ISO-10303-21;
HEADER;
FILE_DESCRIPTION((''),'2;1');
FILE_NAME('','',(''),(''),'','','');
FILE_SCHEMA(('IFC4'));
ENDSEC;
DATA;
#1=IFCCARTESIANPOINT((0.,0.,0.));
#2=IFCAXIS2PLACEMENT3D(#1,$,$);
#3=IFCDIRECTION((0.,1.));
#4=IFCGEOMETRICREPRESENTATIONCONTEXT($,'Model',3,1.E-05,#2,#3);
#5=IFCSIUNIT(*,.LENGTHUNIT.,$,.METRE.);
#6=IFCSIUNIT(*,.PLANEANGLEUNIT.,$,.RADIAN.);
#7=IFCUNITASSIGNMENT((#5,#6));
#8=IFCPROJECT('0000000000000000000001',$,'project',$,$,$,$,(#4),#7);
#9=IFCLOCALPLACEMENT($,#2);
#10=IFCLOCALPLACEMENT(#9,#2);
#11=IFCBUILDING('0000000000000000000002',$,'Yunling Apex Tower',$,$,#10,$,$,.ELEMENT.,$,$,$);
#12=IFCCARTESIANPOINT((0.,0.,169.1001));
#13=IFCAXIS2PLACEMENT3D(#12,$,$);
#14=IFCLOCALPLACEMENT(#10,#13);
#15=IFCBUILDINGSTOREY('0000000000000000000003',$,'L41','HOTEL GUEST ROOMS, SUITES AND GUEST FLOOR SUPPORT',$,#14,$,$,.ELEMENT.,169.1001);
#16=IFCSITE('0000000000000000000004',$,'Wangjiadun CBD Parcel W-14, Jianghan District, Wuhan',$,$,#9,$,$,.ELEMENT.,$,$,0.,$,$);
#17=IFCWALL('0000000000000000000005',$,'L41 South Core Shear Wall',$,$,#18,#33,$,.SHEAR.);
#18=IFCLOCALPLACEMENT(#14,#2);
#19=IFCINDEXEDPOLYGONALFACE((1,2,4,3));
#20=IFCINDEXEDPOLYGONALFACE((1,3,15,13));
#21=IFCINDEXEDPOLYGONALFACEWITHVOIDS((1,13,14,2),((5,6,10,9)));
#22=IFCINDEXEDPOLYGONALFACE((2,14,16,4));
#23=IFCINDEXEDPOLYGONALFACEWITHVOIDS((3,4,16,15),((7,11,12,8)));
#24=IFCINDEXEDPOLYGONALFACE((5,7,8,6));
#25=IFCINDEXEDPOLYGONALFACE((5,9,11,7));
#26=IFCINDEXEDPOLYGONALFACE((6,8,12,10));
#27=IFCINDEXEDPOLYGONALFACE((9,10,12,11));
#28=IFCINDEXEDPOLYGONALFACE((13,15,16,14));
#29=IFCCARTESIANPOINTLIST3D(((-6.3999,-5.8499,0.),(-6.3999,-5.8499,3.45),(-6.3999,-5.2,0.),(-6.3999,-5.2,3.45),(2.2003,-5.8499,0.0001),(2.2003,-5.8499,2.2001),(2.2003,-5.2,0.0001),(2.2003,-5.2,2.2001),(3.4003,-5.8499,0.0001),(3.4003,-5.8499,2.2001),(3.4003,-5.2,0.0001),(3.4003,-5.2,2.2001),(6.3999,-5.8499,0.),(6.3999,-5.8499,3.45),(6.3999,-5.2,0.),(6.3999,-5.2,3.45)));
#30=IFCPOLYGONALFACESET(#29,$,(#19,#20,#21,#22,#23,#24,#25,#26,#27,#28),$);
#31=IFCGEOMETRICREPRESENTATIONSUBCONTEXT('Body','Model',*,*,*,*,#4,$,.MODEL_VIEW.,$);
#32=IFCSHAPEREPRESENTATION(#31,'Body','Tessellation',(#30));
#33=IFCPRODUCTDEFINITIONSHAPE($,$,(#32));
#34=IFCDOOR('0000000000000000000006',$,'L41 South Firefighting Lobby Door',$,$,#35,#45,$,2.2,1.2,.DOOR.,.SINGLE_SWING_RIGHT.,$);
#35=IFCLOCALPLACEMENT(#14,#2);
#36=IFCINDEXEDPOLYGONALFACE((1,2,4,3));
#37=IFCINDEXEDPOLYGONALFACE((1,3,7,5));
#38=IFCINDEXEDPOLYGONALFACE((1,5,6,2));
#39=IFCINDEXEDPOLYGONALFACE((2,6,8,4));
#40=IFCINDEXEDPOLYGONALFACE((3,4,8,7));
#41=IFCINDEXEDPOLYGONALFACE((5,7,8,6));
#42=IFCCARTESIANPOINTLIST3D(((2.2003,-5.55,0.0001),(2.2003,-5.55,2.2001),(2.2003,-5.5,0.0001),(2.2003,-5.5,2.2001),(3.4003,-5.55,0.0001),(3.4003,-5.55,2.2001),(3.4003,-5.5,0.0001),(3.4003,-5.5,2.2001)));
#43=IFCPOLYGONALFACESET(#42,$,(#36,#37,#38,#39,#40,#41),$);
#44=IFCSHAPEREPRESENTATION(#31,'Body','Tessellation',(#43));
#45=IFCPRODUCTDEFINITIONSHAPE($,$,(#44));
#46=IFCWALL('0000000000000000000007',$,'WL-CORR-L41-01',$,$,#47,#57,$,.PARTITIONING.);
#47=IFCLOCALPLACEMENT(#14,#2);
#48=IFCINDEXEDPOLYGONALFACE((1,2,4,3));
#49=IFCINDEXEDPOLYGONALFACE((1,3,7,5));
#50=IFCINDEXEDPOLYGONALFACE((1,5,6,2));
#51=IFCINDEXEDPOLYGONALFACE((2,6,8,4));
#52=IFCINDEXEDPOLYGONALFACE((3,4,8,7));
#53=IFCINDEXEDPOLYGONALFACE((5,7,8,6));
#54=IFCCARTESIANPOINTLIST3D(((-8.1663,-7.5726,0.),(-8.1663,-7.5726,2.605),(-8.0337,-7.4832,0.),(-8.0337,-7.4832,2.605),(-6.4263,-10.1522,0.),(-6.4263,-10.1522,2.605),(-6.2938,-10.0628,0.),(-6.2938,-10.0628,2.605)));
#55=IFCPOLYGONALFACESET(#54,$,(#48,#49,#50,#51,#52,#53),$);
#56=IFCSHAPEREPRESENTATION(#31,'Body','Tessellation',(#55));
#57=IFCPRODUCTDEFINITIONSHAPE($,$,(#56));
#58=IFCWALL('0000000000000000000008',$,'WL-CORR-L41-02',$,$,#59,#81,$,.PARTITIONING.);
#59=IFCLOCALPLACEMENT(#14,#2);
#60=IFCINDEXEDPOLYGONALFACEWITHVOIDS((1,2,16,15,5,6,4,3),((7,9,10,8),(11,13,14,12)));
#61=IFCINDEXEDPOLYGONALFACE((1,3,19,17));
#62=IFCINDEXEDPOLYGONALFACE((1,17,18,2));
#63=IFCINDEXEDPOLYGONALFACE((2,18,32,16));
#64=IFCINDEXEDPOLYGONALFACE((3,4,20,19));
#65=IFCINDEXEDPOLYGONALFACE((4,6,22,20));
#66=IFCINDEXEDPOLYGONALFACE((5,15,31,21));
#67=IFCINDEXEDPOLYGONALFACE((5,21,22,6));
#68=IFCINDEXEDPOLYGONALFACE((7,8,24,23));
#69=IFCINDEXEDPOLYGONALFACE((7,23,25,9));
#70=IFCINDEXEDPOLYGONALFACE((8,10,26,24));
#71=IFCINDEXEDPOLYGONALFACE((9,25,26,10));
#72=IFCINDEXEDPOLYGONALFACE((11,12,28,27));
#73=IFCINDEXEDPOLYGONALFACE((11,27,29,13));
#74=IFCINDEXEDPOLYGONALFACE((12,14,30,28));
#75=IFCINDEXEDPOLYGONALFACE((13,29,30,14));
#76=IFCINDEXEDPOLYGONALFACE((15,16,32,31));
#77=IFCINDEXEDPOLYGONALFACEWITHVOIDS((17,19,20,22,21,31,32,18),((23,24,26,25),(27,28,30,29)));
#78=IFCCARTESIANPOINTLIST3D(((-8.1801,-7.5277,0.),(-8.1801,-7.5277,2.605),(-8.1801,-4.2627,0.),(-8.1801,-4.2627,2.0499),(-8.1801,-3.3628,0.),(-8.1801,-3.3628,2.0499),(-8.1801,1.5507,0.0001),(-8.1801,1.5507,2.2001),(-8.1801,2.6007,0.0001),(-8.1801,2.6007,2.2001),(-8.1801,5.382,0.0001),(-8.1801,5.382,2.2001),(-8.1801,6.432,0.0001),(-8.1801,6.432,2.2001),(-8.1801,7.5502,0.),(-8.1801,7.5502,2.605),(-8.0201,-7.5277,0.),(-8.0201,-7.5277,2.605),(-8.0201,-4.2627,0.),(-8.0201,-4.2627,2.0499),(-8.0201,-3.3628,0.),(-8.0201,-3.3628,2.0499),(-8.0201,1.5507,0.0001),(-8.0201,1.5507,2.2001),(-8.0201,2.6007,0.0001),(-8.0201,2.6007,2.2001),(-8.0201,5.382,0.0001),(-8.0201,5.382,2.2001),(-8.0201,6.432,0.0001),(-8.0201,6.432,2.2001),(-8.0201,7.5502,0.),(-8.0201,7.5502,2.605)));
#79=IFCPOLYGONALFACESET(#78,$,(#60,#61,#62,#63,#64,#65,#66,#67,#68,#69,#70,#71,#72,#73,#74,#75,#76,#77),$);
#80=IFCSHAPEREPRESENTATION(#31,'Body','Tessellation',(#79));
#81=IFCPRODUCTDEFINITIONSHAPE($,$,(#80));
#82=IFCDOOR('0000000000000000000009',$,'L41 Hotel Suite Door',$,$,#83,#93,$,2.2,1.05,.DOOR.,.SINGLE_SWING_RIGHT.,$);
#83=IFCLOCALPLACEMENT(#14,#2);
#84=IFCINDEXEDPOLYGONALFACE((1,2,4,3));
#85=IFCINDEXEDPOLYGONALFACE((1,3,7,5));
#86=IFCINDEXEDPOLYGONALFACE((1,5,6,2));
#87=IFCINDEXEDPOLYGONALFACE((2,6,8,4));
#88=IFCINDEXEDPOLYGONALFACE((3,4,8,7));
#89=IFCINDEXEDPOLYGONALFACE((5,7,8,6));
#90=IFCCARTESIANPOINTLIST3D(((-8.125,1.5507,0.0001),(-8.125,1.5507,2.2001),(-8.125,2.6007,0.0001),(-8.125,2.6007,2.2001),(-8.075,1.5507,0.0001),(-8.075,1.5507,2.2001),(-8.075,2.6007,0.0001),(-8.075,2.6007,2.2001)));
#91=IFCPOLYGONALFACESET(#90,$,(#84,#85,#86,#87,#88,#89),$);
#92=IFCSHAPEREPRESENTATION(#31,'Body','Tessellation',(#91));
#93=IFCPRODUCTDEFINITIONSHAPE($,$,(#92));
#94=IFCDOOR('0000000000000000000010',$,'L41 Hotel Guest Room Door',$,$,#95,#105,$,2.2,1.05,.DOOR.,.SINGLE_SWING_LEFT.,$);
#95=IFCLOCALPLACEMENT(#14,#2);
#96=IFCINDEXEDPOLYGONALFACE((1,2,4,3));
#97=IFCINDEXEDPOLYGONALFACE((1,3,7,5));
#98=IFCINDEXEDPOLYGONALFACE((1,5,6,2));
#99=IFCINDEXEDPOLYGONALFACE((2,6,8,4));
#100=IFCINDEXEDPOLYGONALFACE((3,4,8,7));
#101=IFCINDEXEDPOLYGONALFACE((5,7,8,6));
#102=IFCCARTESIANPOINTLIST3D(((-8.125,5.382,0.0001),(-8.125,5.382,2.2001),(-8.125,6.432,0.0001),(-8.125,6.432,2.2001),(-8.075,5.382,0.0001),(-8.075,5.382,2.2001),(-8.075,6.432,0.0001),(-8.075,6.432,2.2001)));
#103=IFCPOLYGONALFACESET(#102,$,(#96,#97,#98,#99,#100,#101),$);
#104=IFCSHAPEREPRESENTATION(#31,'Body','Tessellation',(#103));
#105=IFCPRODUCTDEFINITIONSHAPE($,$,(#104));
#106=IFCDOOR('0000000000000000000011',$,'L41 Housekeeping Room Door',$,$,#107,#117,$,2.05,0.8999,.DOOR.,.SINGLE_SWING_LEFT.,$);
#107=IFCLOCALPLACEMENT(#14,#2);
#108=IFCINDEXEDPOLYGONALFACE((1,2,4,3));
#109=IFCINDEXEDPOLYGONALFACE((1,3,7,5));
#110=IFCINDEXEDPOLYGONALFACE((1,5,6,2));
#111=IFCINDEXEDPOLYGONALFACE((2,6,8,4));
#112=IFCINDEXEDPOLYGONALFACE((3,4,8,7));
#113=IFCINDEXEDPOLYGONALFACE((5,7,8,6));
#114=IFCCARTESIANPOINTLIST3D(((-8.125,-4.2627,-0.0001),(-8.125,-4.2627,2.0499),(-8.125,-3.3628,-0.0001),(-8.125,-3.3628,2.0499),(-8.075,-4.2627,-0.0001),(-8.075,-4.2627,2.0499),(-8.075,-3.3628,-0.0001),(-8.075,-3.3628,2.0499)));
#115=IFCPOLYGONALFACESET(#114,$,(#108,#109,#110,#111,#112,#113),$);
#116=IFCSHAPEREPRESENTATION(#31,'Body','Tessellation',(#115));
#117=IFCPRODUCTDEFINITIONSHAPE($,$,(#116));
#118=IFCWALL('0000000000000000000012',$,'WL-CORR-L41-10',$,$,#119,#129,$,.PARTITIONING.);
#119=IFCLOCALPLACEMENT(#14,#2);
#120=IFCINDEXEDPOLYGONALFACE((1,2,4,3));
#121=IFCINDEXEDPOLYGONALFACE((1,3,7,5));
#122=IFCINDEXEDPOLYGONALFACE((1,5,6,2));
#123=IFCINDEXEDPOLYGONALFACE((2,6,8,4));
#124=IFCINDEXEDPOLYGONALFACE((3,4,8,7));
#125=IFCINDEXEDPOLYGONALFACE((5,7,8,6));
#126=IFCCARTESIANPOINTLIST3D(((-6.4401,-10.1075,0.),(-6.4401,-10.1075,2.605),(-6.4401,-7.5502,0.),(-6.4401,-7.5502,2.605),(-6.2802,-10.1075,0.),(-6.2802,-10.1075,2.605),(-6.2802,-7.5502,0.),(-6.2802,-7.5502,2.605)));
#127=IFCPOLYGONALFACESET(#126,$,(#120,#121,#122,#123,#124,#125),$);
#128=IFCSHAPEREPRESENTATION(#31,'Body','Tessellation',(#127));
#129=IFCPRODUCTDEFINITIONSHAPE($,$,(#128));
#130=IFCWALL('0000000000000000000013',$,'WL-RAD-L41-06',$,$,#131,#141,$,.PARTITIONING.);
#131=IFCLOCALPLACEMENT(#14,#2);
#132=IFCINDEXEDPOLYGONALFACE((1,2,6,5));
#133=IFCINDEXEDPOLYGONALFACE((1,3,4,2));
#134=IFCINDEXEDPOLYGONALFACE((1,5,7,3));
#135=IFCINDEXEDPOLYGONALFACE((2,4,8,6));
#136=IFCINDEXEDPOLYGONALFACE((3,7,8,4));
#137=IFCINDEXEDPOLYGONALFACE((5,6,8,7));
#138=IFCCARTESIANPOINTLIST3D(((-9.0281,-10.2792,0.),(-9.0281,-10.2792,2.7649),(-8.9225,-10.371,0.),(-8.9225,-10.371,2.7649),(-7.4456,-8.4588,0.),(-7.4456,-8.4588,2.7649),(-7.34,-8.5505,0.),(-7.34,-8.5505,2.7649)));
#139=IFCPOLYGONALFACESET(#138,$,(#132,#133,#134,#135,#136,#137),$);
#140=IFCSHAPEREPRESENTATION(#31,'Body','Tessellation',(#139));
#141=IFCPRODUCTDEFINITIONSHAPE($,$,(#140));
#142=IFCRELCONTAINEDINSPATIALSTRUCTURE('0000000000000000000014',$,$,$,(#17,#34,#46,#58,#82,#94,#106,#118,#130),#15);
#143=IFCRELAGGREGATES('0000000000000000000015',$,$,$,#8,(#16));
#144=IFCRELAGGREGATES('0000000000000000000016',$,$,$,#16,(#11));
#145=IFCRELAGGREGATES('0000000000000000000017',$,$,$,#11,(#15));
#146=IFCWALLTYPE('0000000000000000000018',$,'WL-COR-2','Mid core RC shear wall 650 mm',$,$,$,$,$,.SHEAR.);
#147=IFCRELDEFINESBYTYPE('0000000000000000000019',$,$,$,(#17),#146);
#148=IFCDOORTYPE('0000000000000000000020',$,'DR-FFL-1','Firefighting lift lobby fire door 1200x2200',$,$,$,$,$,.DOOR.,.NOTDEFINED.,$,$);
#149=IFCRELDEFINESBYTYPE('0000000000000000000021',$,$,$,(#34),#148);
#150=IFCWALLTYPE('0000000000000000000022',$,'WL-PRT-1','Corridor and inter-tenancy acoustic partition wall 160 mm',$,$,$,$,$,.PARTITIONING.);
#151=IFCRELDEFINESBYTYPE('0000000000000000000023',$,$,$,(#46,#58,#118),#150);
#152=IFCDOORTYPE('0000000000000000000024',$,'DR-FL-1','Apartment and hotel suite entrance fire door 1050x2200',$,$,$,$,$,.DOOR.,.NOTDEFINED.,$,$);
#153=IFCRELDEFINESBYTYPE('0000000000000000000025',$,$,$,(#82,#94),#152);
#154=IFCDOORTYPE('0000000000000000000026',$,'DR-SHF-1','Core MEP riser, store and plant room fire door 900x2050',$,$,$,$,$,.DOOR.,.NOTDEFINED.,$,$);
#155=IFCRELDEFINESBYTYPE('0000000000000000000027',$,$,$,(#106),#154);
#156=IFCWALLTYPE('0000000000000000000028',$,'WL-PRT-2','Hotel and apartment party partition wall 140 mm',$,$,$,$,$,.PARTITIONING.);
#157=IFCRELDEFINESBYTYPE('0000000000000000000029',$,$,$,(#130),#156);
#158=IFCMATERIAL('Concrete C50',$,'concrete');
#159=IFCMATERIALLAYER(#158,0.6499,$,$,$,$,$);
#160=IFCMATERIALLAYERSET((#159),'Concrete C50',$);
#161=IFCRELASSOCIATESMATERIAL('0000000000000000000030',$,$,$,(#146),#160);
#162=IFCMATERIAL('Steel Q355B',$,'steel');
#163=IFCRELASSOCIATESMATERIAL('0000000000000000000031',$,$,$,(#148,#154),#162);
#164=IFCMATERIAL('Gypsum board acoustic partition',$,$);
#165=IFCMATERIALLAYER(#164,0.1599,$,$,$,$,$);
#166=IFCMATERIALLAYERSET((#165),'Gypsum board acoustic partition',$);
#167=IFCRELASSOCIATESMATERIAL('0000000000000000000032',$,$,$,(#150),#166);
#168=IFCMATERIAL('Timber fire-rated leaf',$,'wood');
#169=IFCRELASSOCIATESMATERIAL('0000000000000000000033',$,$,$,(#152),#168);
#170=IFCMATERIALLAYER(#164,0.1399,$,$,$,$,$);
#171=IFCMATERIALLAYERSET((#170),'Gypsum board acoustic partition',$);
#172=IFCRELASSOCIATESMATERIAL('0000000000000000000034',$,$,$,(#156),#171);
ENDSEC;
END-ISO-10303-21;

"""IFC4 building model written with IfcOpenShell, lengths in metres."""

from ifc_helpers import new_model, si_unit, direction, frame, frame_2d, origin, place, context, subcontext, project, spatial, rectangle, extrude, material, layer, layer_set, type_object, element, fill, save


model = new_model("IFC4")

# Units and contexts
model_context = context("Model", 3, precision=1e-05, world=origin(), true_north=direction((0.0, 1.0)))
body_context = subcontext(model_context, "Body", "Model", "MODEL_VIEW")
ifc_project = project(units=[si_unit("LENGTHUNIT", "METRE"), si_unit("PLANEANGLEUNIT", "RADIAN")], contexts=[model_context])

# Site, building, storey
site_placement = place(None, origin())
site = spatial("IfcSite", under=ifc_project, at=site_placement, Name="Wangjiadun CBD Parcel W-14, Jianghan District, Wuhan", CompositionType="ELEMENT", RefElevation=0.0)
building_placement = place(site_placement, origin())
building = spatial("IfcBuilding", under=site, at=building_placement, Name="Yunling Apex Tower", CompositionType="ELEMENT")
storey_placement = place(building_placement, frame((0.0, 0.0, 169.1001)))
storey = spatial("IfcBuildingStorey", under=building, at=storey_placement, Name="L41", Description="HOTEL GUEST ROOMS, SUITES AND GUEST FLOOR SUPPORT", CompositionType="ELEMENT", Elevation=169.1001)

# Shared definitions
ifc_material_1 = material(Name="Concrete C50", Category="concrete")

# Shared definitions
ifc_material_2 = material(Name="Steel Q355B", Category="steel")

# Wall, opening, door
ifc_layer_1 = layer(ifc_material_1, 0.6499)
ifc_layer_set_1 = layer_set([ifc_layer_1], Name="Concrete C50")
wall_type_1 = type_object("IfcWallType", Name="WL-COR-2", Description="Mid core RC shear wall 650 mm", PredefinedType="SHEAR", material=ifc_layer_set_1)
wall_1_placement = place(storey_placement, frame((-6.3999, -5.5249, 0.0), z_axis=(0.0, 0.0, 1.0), x_axis=(1.0, 0.0, 0.0)))
wall_1 = element("IfcWall", 1, at=wall_1_placement, inside=storey, type_object=wall_type_1, Name="L41 South Core Shear Wall", PredefinedType="SHEAR", context=body_context, shape_type="SweptSolid", body=[
    extrude(rectangle(XDim=12.7998, YDim=0.6499, at=frame_2d((6.3999, 0.0))), origin(), (0.0, 0.0, 1.0), 3.45),
])
opening_1_placement = place(wall_1_placement, frame((8.6001, 0.0, 0.0)))
opening_1 = element("IfcOpeningElement", 2, at=opening_1_placement, cuts=wall_1, PredefinedType="OPENING", context=body_context, shape_type="SweptSolid", body=[
    extrude(rectangle(XDim=1.2, YDim=2.2, at=frame_2d((0.6001, 1.1001))), frame((0.0, 0.335, 0.0), z_axis=(0.0, -1.0, 0.0), x_axis=(1.0, 0.0, 0.0)), (0.0, 0.0, 1.0), 0.6699),
])
door_type_1 = type_object("IfcDoorType", Name="DR-FFL-1", Description="Firefighting lift lobby fire door 1200x2200", OperationType="NOTDEFINED", PredefinedType="DOOR", material=ifc_material_2)
door_1_placement = place(opening_1_placement, origin())
door_1 = element("IfcDoor", 3, at=door_1_placement, inside=storey, type_object=door_type_1, Name="L41 South Firefighting Lobby Door", OperationType="SINGLE_SWING_RIGHT", OverallHeight=2.2, OverallWidth=1.2, PredefinedType="DOOR", context=body_context, shape_type="SweptSolid", body=[
    extrude(rectangle(XDim=1.2, YDim=2.2, at=frame_2d((0.6001, 1.1001))), frame((0.0, 0.0249, 0.0), z_axis=(0.0, -1.0, 0.0), x_axis=(1.0, 0.0, 0.0)), (0.0, 0.0, 1.0), 0.05),
])
fill(opening_1, door_1)

# Wall
ifc_material_3 = material(Name="Gypsum board acoustic partition")
ifc_layer_2 = layer(ifc_material_3, 0.1599)
ifc_layer_set_2 = layer_set([ifc_layer_2], Name="Gypsum board acoustic partition")
wall_type_2 = type_object("IfcWallType", Name="WL-PRT-1", Description="Corridor and inter-tenancy acoustic partition wall 160 mm", PredefinedType="PARTITIONING", material=ifc_layer_set_2)
wall_2_placement = place(storey_placement, frame((-6.3601, -10.1074, 0.0), z_axis=(0.0, 0.0, 1.0), x_axis=(-0.559201, 0.829032, 0.0)))
element("IfcWall", 4, at=wall_2_placement, inside=storey, type_object=wall_type_2, Name="WL-CORR-L41-01", PredefinedType="PARTITIONING", context=body_context, shape_type="SweptSolid", body=[
    extrude(rectangle(XDim=3.1116, YDim=0.1599, at=frame_2d((1.5557, 0.0))), origin(), (0.0, 0.0, 1.0), 2.605),
])

# Wall, openings, doors
wall_3_placement = place(storey_placement, frame((-8.1001, -7.5278, 0.0), z_axis=(0.0, 0.0, 1.0), x_axis=(0.0, 1.0, 0.0)))
wall_3 = element("IfcWall", 5, at=wall_3_placement, inside=storey, type_object=wall_type_2, Name="WL-CORR-L41-02", PredefinedType="PARTITIONING", context=body_context, shape_type="SweptSolid", body=[
    extrude(rectangle(XDim=15.0779, YDim=0.1599, at=frame_2d((7.5391, 0.0))), origin(), (0.0, 0.0, 1.0), 2.605),
])
opening_2_placement = place(wall_3_placement, frame((3.2651, 0.0, 0.0)))
opening_2 = element("IfcOpeningElement", 6, at=opening_2_placement, cuts=wall_3, PredefinedType="OPENING", context=body_context, shape_type="SweptSolid", body=[
    extrude(rectangle(XDim=0.8999, YDim=2.05, at=frame_2d((0.45, 1.0249))), frame((0.0, 0.0898, 0.0), z_axis=(0.0, -1.0, 0.0), x_axis=(1.0, 0.0, 0.0)), (0.0, 0.0, 1.0), 0.1799),
])
opening_3_placement = place(wall_3_placement, frame((9.0786, 0.0, 0.0)))
opening_3 = element("IfcOpeningElement", 7, at=opening_3_placement, cuts=wall_3, PredefinedType="OPENING", context=body_context, shape_type="SweptSolid", body=[
    extrude(rectangle(XDim=1.05, YDim=2.2, at=frame_2d((0.5249, 1.1001))), frame((0.0, 0.0898, 0.0), z_axis=(0.0, -1.0, 0.0), x_axis=(1.0, 0.0, 0.0)), (0.0, 0.0, 1.0), 0.1799),
])
opening_4_placement = place(wall_3_placement, frame((12.9099, 0.0, 0.0)))
opening_4 = element("IfcOpeningElement", 8, at=opening_4_placement, cuts=wall_3, PredefinedType="OPENING", context=body_context, shape_type="SweptSolid", body=[
    extrude(rectangle(XDim=1.05, YDim=2.2, at=frame_2d((0.5249, 1.1001))), frame((0.0, 0.0898, 0.0), z_axis=(0.0, -1.0, 0.0), x_axis=(1.0, 0.0, 0.0)), (0.0, 0.0, 1.0), 0.1799),
])
ifc_material_4 = material(Name="Timber fire-rated leaf", Category="wood")
door_type_2 = type_object("IfcDoorType", Name="DR-FL-1", Description="Apartment and hotel suite entrance fire door 1050x2200", OperationType="NOTDEFINED", PredefinedType="DOOR", material=ifc_material_4)
door_2_placement = place(opening_3_placement, origin())
door_2 = element("IfcDoor", 9, at=door_2_placement, inside=storey, type_object=door_type_2, Name="L41 Hotel Suite Door", OperationType="SINGLE_SWING_RIGHT", OverallHeight=2.2, OverallWidth=1.05, PredefinedType="DOOR", context=body_context, shape_type="SweptSolid", body=[
    extrude(rectangle(XDim=1.05, YDim=2.2, at=frame_2d((0.5249, 1.1001))), frame((0.0, 0.0249, 0.0), z_axis=(0.0, -1.0, 0.0), x_axis=(1.0, 0.0, 0.0)), (0.0, 0.0, 1.0), 0.05),
])
fill(opening_3, door_2)
door_3_placement = place(opening_4_placement, origin())
door_3 = element("IfcDoor", 10, at=door_3_placement, inside=storey, type_object=door_type_2, Name="L41 Hotel Guest Room Door", OperationType="SINGLE_SWING_LEFT", OverallHeight=2.2, OverallWidth=1.05, PredefinedType="DOOR", context=body_context, shape_type="SweptSolid", body=[
    extrude(rectangle(XDim=1.05, YDim=2.2, at=frame_2d((0.5249, 1.1001))), frame((0.0, 0.0249, 0.0), z_axis=(0.0, -1.0, 0.0), x_axis=(1.0, 0.0, 0.0)), (0.0, 0.0, 1.0), 0.05),
])
fill(opening_4, door_3)
door_type_3 = type_object("IfcDoorType", Name="DR-SHF-1", Description="Core MEP riser, store and plant room fire door 900x2050", OperationType="NOTDEFINED", PredefinedType="DOOR", material=ifc_material_2)
door_4_placement = place(opening_2_placement, origin())
door_4 = element("IfcDoor", 11, at=door_4_placement, inside=storey, type_object=door_type_3, Name="L41 Housekeeping Room Door", OperationType="SINGLE_SWING_LEFT", OverallHeight=2.05, OverallWidth=0.8999, PredefinedType="DOOR", context=body_context, shape_type="SweptSolid", body=[
    extrude(rectangle(XDim=0.8999, YDim=2.05, at=frame_2d((0.45, 1.0249))), frame((0.0, 0.0249, 0.0), z_axis=(0.0, -1.0, 0.0), x_axis=(1.0, 0.0, 0.0)), (0.0, 0.0, 1.0), 0.05),
])
fill(opening_2, door_4)

# Walls
wall_4_placement = place(storey_placement, frame((-6.3601, -7.55, 0.0), z_axis=(0.0, 0.0, 1.0), x_axis=(0.0, -1.0, 0.0)))
element("IfcWall", 12, at=wall_4_placement, inside=storey, type_object=wall_type_2, Name="WL-CORR-L41-10", PredefinedType="PARTITIONING", context=body_context, shape_type="SweptSolid", body=[
    extrude(rectangle(XDim=2.5574, YDim=0.1599, at=frame_2d((1.2788, 0.0))), origin(), (0.0, 0.0, 1.0), 2.605),
])
ifc_layer_3 = layer(ifc_material_3, 0.1399)
ifc_layer_set_3 = layer_set([ifc_layer_3], Name="Gypsum board acoustic partition")
wall_type_3 = type_object("IfcWallType", Name="WL-PRT-2", Description="Hotel and apartment party partition wall 140 mm", PredefinedType="PARTITIONING", material=ifc_layer_set_3)
wall_5_placement = place(storey_placement, frame((-7.3928, -8.5046, 0.0), z_axis=(0.0, 0.0, 1.0), x_axis=(-0.656043, -0.754723, 0.0)))
element("IfcWall", 13, at=wall_5_placement, inside=storey, type_object=wall_type_3, Name="WL-RAD-L41-06", PredefinedType="PARTITIONING", context=body_context, shape_type="SweptSolid", body=[
    extrude(rectangle(XDim=2.4121, YDim=0.1399, at=frame_2d((1.2061, 0.0))), origin(), (0.0, 0.0, 1.0), 2.7649),
])

save(model, "model.ifc")
